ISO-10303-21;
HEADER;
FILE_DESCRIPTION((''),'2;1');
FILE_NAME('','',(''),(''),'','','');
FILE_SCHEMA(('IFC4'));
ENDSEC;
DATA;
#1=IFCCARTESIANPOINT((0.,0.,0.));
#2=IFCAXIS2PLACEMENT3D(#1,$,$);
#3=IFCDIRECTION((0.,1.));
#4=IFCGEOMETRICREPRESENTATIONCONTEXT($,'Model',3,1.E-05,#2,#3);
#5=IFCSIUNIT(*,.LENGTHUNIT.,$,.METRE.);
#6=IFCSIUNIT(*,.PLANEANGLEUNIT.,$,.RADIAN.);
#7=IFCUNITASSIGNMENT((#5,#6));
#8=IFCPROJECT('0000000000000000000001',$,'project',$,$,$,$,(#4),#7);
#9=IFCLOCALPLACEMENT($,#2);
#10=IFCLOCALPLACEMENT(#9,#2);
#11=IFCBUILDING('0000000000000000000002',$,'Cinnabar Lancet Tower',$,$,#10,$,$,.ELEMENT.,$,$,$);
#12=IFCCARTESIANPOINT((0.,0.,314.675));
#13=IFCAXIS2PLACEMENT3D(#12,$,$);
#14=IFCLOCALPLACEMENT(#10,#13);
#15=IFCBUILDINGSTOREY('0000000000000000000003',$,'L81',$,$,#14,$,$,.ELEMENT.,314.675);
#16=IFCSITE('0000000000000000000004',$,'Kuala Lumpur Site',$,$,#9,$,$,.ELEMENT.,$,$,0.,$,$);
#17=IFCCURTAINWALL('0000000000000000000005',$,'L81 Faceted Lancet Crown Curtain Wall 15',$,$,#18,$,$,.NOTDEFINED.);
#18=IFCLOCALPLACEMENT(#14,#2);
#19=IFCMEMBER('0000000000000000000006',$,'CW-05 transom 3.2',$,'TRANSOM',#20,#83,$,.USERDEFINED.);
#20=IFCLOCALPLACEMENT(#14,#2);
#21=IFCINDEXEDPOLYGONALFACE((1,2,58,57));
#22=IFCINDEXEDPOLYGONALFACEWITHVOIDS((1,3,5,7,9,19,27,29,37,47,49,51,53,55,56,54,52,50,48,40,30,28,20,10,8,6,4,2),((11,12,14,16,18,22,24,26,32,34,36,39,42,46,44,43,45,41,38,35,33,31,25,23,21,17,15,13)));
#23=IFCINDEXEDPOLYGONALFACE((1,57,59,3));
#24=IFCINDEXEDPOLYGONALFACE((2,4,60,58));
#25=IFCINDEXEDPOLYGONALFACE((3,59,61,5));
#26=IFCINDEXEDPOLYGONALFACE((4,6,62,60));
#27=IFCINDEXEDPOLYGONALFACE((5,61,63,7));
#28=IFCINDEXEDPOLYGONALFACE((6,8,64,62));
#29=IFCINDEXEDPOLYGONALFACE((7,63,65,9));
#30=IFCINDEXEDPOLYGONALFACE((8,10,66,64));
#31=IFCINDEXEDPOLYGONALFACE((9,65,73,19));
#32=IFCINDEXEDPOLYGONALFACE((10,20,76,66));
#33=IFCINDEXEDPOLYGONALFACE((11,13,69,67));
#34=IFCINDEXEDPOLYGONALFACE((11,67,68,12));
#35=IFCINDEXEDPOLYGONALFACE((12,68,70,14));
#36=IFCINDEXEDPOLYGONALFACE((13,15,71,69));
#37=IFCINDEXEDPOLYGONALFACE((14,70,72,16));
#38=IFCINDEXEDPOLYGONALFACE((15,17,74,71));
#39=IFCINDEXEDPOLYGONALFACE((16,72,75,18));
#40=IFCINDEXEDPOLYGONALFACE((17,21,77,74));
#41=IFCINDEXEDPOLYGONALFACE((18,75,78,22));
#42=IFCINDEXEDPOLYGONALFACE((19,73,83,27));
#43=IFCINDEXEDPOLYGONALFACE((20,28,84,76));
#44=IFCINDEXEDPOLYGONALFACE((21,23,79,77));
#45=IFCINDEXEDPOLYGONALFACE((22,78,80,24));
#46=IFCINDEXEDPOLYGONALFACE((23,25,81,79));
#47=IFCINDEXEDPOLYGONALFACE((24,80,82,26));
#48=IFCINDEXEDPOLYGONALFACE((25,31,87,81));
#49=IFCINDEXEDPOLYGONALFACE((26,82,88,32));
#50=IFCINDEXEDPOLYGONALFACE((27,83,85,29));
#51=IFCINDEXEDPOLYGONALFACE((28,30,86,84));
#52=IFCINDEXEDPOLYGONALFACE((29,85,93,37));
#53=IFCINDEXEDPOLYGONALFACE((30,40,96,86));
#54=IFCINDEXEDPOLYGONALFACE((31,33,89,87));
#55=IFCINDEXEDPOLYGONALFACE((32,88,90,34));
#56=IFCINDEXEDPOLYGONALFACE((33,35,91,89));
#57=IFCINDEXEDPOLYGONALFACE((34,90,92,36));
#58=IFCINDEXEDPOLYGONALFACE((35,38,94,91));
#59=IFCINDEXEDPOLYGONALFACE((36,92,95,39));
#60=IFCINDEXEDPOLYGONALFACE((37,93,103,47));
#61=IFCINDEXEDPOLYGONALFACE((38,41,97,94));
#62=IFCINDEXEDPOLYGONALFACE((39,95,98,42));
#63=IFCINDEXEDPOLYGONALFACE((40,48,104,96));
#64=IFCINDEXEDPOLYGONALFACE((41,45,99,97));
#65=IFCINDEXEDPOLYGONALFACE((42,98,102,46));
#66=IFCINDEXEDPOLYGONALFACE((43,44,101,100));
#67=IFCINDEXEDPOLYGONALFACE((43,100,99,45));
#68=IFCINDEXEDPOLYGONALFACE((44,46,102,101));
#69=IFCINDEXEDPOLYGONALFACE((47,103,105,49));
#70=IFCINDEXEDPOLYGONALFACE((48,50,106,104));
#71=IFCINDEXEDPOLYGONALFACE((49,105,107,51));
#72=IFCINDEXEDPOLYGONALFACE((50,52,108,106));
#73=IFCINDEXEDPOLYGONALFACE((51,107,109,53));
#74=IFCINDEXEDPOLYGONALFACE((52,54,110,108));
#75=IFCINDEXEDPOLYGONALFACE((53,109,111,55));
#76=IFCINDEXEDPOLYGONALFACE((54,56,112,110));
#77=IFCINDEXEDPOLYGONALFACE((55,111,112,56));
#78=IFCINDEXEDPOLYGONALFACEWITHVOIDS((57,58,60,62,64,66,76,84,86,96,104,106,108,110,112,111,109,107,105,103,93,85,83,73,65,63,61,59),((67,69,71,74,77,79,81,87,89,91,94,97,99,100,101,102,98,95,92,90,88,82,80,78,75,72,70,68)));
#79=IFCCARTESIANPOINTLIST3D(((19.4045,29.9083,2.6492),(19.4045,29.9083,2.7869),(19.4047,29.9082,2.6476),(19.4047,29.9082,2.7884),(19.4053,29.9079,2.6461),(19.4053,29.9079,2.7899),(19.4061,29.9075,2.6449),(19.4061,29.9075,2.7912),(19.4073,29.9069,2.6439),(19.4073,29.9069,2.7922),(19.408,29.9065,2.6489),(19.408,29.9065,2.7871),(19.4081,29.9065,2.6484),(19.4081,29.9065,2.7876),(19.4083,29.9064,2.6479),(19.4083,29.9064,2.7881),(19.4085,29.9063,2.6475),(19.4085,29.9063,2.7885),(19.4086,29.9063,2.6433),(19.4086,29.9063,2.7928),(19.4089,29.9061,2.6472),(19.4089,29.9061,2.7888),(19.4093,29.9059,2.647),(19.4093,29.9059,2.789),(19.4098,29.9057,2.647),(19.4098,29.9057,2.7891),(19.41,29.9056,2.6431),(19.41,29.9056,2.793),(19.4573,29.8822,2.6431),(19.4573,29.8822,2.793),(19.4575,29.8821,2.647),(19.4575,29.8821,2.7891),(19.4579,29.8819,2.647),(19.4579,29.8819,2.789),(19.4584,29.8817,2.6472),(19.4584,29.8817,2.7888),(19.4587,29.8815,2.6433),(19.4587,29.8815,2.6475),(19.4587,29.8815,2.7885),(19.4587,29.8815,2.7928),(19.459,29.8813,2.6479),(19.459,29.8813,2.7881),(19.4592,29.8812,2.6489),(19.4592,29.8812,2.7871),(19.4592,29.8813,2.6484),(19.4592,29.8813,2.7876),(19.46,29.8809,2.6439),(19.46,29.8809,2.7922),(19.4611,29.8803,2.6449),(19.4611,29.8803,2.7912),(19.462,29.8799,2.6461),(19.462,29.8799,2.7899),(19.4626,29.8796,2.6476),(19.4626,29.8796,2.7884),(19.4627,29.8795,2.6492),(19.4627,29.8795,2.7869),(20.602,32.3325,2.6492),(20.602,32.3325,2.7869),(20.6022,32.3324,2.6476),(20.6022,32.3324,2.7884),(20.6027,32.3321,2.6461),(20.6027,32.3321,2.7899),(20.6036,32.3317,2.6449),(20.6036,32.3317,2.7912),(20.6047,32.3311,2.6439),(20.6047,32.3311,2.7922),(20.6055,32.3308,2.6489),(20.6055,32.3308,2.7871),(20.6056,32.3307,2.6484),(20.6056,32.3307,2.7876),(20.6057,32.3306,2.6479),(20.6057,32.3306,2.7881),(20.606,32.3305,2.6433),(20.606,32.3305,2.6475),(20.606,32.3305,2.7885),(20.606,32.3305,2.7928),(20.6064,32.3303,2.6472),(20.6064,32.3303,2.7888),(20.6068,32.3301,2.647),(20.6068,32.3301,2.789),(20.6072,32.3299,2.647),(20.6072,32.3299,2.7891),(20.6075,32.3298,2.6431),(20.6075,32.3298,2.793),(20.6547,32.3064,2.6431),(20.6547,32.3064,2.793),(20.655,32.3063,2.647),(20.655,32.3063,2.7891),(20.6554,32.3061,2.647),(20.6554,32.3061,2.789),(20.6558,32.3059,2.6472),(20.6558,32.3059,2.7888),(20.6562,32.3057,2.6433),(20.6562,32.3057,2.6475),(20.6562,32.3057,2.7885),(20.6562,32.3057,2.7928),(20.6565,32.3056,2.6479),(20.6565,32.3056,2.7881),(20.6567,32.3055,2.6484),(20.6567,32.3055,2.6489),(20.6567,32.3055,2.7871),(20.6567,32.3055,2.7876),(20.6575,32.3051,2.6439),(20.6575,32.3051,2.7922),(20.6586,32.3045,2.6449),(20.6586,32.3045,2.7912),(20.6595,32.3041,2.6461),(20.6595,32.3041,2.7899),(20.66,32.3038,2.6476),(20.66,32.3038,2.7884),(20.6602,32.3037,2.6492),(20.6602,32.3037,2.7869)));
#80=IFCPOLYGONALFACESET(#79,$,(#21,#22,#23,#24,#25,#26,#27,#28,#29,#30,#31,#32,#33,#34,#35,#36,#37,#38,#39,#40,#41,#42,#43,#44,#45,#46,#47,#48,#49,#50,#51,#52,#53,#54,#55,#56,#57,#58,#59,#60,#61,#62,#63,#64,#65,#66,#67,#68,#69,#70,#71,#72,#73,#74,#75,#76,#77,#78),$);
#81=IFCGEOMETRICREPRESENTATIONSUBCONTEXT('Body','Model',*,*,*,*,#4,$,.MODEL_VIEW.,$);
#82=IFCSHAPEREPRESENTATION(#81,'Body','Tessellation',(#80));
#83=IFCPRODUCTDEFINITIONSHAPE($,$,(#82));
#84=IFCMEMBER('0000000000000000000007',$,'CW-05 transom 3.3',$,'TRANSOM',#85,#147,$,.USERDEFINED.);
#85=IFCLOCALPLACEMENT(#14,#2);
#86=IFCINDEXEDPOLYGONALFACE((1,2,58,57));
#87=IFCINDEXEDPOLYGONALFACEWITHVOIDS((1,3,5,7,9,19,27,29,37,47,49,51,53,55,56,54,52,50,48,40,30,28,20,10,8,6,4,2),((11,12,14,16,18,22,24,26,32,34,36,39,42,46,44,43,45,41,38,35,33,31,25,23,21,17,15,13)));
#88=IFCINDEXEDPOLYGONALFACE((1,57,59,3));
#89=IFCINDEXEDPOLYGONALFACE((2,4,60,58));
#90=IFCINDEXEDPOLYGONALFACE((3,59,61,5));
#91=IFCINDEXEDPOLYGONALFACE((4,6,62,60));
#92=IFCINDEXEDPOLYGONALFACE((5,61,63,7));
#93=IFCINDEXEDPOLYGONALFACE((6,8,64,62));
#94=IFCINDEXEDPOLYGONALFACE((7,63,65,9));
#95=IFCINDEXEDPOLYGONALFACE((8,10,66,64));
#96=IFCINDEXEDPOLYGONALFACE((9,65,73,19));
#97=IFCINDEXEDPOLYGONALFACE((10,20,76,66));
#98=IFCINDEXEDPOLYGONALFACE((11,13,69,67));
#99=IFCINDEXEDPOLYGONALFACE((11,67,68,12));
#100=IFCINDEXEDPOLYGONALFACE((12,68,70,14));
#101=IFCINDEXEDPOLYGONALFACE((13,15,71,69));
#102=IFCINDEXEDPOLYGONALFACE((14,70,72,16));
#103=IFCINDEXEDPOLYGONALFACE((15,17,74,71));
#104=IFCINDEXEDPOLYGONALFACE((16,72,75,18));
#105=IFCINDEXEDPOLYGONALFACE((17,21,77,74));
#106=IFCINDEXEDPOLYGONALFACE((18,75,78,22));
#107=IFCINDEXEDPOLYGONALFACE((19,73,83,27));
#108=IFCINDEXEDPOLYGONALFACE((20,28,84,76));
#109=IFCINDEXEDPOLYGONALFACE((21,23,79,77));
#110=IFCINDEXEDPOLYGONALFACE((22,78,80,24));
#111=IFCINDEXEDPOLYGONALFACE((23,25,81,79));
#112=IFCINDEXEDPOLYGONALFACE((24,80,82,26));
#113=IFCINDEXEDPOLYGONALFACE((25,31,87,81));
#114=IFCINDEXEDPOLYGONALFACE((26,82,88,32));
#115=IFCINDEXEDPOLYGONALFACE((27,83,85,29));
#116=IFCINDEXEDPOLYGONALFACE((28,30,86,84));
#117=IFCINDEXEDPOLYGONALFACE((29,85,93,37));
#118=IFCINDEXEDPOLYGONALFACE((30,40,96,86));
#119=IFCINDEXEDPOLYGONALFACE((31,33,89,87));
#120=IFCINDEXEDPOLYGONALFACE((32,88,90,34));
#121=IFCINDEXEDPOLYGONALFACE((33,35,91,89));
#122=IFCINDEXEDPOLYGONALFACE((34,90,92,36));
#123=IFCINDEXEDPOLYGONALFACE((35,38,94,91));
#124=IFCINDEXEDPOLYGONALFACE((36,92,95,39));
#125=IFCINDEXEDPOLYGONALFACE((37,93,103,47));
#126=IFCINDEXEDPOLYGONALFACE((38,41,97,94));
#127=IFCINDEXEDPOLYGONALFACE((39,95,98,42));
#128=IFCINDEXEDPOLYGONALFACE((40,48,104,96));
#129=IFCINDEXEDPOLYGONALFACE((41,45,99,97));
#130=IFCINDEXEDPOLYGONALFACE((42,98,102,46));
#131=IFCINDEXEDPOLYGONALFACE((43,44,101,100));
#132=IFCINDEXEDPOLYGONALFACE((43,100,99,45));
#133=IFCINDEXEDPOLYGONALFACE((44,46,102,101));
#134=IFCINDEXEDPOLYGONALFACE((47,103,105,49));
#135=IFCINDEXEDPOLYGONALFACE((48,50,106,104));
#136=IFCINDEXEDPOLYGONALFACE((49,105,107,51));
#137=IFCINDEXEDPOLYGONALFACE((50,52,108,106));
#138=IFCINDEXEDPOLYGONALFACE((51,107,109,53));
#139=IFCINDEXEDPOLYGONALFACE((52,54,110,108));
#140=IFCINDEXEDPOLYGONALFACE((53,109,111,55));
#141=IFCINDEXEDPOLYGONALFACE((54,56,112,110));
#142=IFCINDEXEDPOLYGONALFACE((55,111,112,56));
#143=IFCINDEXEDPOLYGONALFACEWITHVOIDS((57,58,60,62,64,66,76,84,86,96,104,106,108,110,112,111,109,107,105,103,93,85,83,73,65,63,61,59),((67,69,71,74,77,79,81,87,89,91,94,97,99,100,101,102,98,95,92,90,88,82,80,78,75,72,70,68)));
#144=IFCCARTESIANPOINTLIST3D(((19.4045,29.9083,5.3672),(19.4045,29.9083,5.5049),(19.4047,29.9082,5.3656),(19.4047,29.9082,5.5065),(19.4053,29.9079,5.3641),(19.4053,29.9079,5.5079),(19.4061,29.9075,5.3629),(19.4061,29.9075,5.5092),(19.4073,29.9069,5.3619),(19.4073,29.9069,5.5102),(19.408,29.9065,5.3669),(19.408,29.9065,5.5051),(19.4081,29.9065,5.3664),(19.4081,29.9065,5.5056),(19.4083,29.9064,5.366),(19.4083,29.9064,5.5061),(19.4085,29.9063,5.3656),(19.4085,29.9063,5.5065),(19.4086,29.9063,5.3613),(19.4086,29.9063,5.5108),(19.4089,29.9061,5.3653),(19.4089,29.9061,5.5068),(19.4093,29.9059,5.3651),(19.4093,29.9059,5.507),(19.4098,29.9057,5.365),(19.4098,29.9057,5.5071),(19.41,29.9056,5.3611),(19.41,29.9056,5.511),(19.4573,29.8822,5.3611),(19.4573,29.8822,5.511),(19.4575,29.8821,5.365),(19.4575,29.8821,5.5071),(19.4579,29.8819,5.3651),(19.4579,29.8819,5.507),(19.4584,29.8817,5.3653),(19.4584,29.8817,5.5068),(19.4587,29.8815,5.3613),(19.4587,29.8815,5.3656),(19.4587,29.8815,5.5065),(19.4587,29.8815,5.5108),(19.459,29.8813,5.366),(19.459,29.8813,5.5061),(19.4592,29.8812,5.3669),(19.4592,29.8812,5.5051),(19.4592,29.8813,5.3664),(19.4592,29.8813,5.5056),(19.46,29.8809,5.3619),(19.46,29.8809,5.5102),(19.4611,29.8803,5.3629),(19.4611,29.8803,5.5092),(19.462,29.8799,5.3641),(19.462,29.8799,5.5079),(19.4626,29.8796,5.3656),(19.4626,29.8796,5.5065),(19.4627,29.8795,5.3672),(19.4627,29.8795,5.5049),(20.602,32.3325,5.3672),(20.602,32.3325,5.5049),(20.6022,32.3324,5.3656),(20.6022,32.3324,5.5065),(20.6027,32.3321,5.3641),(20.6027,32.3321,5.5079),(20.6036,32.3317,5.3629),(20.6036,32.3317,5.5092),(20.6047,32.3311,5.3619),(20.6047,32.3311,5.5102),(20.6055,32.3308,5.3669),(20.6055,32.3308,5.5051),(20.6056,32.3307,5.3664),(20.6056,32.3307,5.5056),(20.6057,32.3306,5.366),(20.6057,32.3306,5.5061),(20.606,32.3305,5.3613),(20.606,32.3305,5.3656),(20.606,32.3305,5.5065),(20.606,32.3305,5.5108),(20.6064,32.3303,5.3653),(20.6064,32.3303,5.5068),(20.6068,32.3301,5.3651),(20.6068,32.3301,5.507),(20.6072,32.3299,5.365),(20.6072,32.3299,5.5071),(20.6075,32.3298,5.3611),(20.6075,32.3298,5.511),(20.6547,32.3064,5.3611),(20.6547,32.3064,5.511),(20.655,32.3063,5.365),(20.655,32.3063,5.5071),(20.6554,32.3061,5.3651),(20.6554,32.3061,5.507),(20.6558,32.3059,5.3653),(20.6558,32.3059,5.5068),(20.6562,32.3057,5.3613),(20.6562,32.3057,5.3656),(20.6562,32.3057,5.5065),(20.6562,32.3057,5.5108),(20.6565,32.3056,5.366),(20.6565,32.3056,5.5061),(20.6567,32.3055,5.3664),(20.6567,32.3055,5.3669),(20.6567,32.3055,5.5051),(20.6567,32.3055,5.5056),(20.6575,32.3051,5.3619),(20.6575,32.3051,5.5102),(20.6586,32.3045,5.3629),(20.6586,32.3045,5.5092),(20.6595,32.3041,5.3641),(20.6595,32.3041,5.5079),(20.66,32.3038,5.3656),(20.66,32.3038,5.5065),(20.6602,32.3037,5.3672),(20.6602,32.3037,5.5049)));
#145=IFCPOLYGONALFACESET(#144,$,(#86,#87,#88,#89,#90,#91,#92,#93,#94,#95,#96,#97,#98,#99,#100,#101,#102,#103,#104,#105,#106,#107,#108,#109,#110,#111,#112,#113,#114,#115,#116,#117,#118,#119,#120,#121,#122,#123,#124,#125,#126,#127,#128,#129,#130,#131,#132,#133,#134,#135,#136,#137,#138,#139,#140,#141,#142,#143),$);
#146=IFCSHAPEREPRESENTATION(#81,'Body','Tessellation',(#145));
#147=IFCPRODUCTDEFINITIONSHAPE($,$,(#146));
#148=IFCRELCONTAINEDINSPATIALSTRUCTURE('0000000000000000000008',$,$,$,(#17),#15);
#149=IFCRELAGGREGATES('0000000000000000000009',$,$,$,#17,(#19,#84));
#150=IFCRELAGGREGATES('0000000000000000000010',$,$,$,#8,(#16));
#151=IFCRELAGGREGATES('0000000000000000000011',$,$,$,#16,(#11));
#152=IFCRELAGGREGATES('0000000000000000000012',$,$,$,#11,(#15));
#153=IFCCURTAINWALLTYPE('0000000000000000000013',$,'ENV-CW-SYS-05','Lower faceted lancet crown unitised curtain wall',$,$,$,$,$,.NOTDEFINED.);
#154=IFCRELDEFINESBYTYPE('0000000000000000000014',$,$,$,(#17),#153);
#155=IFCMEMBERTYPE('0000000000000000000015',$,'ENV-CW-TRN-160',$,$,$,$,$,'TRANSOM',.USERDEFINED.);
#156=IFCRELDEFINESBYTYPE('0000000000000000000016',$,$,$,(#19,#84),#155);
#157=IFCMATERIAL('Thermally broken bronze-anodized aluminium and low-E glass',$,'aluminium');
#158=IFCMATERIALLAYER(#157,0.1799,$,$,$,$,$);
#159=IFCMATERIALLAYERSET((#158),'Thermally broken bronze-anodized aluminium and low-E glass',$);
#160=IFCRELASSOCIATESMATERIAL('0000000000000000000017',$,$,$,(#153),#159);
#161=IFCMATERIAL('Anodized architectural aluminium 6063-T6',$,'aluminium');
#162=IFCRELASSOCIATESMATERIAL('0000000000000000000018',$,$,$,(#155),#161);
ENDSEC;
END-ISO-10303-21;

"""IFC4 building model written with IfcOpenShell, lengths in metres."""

from ifc_helpers import new_model, si_unit, direction, frame, origin, origin_2d, place, context, subcontext, project, spatial, hollow_rectangle, extrude, material, layer, layer_set, material_profile, profile_set, type_object, element, aggregate, save


model = new_model("IFC4")

# Units and contexts
model_context = context("Model", 3, precision=1e-05, world=origin(), true_north=direction((0.0, 1.0)))
body_context = subcontext(model_context, "Body", "Model", "MODEL_VIEW")
ifc_project = project(units=[si_unit("LENGTHUNIT", "METRE"), si_unit("PLANEANGLEUNIT", "RADIAN")], contexts=[model_context])

# Site, building, storey
site_placement = place(None, origin())
site = spatial("IfcSite", under=ifc_project, at=site_placement, Name="Kuala Lumpur Site", CompositionType="ELEMENT", RefElevation=0.0)
building_placement = place(site_placement, origin())
building = spatial("IfcBuilding", under=site, at=building_placement, Name="Cinnabar Lancet Tower", CompositionType="ELEMENT")
storey_placement = place(building_placement, frame((0.0, 0.0, 314.675)))
storey = spatial("IfcBuildingStorey", under=building, at=storey_placement, Name="L81", CompositionType="ELEMENT", Elevation=314.675)

# Shared definitions
ifc_material_1 = material(Name="Thermally broken bronze-anodized aluminium and low-E glass", Category="aluminium")
ifc_layer_1 = layer(ifc_material_1, 0.1799)
ifc_layer_set_1 = layer_set([ifc_layer_1], Name="Thermally broken bronze-anodized aluminium and low-E glass")
curtain_wall_type = type_object("IfcCurtainWallType", Name="ENV-CW-SYS-05", Description="Lower faceted lancet crown unitised curtain wall", PredefinedType="NOTDEFINED", material=ifc_layer_set_1)

# Curtain wall, members
curtain_wall_1_placement = place(storey_placement, origin())
curtain_wall_1 = element("IfcCurtainWall", 1, at=curtain_wall_1_placement, inside=storey, type_object=curtain_wall_type, Name="L81 Faceted Lancet Crown Curtain Wall 15", PredefinedType="NOTDEFINED")
ifc_material_2 = material(Name="Anodized architectural aluminium 6063-T6", Category="aluminium")
ifc_material_profile_1 = material_profile(ifc_material_2, hollow_rectangle(XDim=0.0649, YDim=0.1499, WallThickness=0.0039, InnerFilletRadius=0.002, OuterFilletRadius=0.0061, at=origin_2d()), Name="CW-TRN 150x65x4")
ifc_profile_set_1 = profile_set([ifc_material_profile_1], Name="Anodized architectural aluminium 6063-T6")
member_type_1 = type_object("IfcMemberType", Name="ENV-CW-TRN-160", ElementType="TRANSOM", PredefinedType="USERDEFINED", material=ifc_profile_set_1)
member_1_placement = place(storey_placement, frame((20.6311, 32.3181, 2.718), z_axis=(-0.442874, -0.896584, 0.0), x_axis=(0.896584, -0.442874, 0.0)))
member_1 = element("IfcMember", 2, at=member_1_placement, type_object=member_type_1, Name="CW-05 transom 3.2", ObjectType="TRANSOM", PredefinedType="USERDEFINED", context=body_context, shape_type="SweptSolid", body=[
    extrude(hollow_rectangle(XDim=0.0649, YDim=0.1499, WallThickness=0.0039, InnerFilletRadius=0.002, OuterFilletRadius=0.0061, at=origin_2d()), origin(), (0.0, 0.0, 1.0), 2.7039),
])
member_2_placement = place(storey_placement, frame((20.6311, 32.3181, 5.436), z_axis=(-0.442874, -0.896584, 0.0), x_axis=(0.896584, -0.442874, 0.0)))
member_2 = element("IfcMember", 3, at=member_2_placement, type_object=member_type_1, Name="CW-05 transom 3.3", ObjectType="TRANSOM", PredefinedType="USERDEFINED", context=body_context, shape_type="SweptSolid", body=[
    extrude(hollow_rectangle(XDim=0.0649, YDim=0.1499, WallThickness=0.0039, InnerFilletRadius=0.002, OuterFilletRadius=0.0061, at=origin_2d()), origin(), (0.0, 0.0, 1.0), 2.7039),
])
aggregate(curtain_wall_1, [member_1, member_2])

save(model, "model.ifc")
